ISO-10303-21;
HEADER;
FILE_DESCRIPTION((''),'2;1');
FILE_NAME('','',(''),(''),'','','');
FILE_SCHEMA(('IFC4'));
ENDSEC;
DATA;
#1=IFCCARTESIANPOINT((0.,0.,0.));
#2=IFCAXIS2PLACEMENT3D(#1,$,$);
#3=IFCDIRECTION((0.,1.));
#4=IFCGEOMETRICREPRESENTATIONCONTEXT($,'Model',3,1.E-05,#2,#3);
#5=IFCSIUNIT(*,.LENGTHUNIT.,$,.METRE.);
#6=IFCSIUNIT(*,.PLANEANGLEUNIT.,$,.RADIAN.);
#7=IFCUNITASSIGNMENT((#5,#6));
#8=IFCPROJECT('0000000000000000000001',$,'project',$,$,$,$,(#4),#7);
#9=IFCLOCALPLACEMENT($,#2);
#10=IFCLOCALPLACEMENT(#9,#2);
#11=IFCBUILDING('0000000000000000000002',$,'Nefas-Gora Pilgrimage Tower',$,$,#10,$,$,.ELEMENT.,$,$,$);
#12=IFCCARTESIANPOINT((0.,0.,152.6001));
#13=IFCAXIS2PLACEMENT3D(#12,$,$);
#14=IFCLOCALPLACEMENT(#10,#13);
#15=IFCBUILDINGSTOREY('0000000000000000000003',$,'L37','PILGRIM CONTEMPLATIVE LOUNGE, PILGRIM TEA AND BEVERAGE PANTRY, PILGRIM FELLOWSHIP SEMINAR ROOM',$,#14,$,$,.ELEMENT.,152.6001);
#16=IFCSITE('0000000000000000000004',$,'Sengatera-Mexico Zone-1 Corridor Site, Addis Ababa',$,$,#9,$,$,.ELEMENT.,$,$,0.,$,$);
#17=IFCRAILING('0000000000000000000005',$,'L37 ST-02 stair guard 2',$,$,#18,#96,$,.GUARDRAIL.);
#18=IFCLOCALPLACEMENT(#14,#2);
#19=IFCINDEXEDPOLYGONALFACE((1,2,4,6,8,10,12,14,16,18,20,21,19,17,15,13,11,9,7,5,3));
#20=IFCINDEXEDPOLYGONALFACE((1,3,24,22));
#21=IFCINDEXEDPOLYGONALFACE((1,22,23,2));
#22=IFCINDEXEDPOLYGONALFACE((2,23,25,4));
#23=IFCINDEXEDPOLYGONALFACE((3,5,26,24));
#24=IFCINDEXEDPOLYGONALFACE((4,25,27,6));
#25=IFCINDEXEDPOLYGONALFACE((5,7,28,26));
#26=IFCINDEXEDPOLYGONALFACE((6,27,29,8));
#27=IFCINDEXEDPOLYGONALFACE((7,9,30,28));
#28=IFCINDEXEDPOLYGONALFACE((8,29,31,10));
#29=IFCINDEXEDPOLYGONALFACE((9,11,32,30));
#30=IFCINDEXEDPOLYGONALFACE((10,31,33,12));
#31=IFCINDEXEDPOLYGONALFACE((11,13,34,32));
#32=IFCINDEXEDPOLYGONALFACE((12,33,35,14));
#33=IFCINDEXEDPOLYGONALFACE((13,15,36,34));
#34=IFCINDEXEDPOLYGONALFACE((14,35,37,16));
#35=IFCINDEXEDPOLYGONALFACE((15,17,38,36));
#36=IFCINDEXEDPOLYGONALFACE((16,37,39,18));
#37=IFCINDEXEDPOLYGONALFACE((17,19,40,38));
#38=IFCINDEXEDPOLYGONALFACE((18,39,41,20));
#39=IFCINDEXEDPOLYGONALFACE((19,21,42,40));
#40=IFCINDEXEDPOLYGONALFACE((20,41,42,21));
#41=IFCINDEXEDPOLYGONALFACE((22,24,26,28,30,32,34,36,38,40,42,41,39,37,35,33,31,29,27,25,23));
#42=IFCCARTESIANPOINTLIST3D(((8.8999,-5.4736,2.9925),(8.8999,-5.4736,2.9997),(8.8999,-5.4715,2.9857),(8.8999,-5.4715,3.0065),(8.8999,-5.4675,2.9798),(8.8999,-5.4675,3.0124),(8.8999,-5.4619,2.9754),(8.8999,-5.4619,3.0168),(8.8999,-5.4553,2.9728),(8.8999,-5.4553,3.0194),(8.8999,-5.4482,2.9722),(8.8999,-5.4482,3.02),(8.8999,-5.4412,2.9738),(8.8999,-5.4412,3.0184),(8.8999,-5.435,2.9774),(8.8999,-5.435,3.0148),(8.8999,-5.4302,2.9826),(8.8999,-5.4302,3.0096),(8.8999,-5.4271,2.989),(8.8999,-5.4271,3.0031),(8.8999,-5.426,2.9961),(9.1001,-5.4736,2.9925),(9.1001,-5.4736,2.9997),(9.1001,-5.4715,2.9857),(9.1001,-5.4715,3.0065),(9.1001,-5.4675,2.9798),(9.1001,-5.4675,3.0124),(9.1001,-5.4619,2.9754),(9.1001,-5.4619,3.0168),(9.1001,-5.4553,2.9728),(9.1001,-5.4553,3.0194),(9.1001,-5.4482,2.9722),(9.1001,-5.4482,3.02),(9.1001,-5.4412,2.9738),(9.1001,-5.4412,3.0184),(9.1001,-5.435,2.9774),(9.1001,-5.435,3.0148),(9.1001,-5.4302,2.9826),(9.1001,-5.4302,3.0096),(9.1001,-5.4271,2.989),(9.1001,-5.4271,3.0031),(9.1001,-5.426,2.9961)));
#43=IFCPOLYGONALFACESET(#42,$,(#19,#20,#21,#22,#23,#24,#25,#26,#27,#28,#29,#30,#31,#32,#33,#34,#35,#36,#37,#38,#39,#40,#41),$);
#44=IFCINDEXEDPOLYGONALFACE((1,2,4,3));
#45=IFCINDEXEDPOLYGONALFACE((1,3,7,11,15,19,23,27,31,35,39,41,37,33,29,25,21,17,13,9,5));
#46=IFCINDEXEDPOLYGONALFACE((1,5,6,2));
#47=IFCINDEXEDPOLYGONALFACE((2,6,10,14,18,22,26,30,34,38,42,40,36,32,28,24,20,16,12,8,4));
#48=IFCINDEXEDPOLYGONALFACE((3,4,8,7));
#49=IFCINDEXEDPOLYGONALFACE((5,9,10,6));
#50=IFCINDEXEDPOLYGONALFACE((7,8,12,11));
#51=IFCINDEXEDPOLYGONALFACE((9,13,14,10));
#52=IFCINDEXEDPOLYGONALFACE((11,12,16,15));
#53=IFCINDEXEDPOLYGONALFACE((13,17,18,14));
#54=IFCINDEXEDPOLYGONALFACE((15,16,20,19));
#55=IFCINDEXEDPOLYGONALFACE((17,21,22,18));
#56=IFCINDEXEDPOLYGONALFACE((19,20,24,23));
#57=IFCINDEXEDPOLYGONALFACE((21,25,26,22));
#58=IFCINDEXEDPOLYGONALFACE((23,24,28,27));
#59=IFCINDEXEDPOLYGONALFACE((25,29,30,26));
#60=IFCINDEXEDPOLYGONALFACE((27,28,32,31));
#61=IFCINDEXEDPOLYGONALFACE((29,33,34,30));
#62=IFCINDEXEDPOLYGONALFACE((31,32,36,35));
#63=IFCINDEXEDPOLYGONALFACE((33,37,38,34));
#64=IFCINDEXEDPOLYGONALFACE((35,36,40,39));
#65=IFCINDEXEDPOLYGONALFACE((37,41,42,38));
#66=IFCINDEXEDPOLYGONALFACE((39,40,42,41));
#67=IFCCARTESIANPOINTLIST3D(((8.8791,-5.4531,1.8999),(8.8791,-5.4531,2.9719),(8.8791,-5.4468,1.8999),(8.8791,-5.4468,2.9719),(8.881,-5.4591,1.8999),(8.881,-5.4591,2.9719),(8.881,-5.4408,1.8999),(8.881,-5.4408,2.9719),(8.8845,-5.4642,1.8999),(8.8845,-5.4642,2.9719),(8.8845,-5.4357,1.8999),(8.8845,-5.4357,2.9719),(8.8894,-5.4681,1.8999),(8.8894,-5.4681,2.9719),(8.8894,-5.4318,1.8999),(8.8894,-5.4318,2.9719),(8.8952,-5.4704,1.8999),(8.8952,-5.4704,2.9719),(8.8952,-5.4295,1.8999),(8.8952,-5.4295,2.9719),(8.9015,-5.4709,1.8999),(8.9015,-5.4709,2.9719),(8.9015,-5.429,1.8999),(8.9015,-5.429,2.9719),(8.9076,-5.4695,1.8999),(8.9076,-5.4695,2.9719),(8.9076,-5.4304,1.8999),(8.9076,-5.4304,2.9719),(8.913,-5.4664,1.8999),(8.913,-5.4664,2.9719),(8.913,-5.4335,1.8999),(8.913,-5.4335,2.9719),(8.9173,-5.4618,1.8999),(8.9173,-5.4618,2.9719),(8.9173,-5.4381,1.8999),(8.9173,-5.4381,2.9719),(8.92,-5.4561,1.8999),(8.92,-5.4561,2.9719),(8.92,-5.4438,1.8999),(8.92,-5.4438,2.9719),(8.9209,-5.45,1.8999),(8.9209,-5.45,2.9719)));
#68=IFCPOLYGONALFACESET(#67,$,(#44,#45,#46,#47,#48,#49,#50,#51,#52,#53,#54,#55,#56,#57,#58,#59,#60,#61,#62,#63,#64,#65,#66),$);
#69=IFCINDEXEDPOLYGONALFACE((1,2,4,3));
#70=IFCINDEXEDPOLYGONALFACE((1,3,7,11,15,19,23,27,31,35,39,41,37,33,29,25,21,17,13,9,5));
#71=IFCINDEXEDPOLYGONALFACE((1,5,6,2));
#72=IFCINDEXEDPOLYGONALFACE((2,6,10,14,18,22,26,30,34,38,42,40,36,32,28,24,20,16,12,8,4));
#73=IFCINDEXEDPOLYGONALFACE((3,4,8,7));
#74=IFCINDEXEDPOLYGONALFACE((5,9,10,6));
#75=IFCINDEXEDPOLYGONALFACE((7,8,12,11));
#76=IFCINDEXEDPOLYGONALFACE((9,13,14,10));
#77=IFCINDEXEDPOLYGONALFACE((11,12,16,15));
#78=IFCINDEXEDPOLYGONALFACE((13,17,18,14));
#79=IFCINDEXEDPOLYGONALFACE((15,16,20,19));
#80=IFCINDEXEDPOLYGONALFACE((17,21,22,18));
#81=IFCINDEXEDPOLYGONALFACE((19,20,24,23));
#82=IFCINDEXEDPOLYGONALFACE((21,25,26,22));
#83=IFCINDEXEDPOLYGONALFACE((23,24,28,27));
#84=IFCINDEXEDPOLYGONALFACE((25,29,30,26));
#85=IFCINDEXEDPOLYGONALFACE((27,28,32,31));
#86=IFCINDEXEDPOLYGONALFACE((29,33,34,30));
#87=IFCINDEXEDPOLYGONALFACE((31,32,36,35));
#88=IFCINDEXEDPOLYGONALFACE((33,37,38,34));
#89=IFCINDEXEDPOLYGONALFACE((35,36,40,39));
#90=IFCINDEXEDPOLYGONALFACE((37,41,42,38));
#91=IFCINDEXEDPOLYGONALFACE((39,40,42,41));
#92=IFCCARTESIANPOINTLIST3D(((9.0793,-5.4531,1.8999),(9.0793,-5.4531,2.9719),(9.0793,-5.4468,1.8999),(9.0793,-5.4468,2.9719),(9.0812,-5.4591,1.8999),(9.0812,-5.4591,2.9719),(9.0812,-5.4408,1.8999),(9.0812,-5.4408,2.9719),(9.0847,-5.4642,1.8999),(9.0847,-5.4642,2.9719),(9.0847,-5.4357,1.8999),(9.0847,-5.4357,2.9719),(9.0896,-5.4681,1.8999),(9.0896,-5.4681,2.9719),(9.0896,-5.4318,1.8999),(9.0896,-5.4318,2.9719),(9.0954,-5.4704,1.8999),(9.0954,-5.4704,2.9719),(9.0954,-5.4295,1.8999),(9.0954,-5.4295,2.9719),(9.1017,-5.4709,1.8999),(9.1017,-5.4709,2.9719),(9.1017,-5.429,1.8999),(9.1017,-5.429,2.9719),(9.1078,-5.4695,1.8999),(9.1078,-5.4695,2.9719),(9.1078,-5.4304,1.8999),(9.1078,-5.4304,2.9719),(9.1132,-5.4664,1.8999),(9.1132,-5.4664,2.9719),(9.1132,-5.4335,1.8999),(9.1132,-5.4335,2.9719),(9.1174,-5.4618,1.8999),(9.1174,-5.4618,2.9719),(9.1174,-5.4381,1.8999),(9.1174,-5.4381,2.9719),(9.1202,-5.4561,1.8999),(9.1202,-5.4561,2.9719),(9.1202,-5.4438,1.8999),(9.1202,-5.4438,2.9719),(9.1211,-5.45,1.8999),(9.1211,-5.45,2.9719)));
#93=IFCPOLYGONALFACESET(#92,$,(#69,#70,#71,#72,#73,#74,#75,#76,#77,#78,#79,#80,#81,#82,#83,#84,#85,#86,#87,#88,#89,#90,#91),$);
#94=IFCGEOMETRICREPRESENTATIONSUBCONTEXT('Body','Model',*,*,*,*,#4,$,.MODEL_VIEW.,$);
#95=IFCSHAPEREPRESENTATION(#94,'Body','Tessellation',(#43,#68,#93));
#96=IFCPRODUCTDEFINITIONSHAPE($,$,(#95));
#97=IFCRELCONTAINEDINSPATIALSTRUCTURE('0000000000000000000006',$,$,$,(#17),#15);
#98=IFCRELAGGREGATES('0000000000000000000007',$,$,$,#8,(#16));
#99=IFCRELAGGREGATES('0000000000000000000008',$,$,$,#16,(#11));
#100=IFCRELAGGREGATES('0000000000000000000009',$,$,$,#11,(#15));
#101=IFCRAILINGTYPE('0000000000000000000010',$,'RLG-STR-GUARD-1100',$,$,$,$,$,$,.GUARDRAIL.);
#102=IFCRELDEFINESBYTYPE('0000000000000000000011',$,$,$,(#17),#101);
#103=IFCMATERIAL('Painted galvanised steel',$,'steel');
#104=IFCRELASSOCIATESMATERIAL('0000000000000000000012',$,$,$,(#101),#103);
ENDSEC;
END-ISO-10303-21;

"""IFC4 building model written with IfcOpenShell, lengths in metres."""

from ifc_helpers import new_model, si_unit, direction, frame, origin, origin_2d, place, context, subcontext, project, spatial, circle, extrude, material, type_object, element, save


model = new_model("IFC4")

# Units and contexts
model_context = context("Model", 3, precision=1e-05, world=origin(), true_north=direction((0.0, 1.0)))
body_context = subcontext(model_context, "Body", "Model", "MODEL_VIEW")
ifc_project = project(units=[si_unit("LENGTHUNIT", "METRE"), si_unit("PLANEANGLEUNIT", "RADIAN")], contexts=[model_context])

# Site, building, storey
site_placement = place(None, origin())
site = spatial("IfcSite", under=ifc_project, at=site_placement, Name="Sengatera-Mexico Zone-1 Corridor Site, Addis Ababa", CompositionType="ELEMENT", RefElevation=0.0)
building_placement = place(site_placement, origin())
building = spatial("IfcBuilding", under=site, at=building_placement, Name="Nefas-Gora Pilgrimage Tower", CompositionType="ELEMENT")
storey_placement = place(building_placement, frame((0.0, 0.0, 152.6001)))
storey = spatial("IfcBuildingStorey", under=building, at=storey_placement, Name="L37", Description="PILGRIM CONTEMPLATIVE LOUNGE, PILGRIM TEA AND BEVERAGE PANTRY, PILGRIM FELLOWSHIP SEMINAR ROOM", CompositionType="ELEMENT", Elevation=152.6001)

# Railing
ifc_material_1 = material(Name="Painted galvanised steel", Category="steel")
railing_type_1 = type_object("IfcRailingType", Name="RLG-STR-GUARD-1100", PredefinedType="GUARDRAIL", material=ifc_material_1)
railing_1_placement = place(storey_placement, frame((8.8999, -5.45, 1.8999)))
element("IfcRailing", 1, at=railing_1_placement, inside=storey, type_object=railing_type_1, Name="L37 ST-02 stair guard 2", PredefinedType="GUARDRAIL", context=body_context, shape_type="SweptSolid", body=[
    extrude(circle(Radius=0.0239, at=origin_2d()), frame((0.0, 0.0, 1.0962), z_axis=(1.0, 0.0, 0.0), x_axis=(0.0, 1.0, 0.0)), (0.0, 0.0, 1.0), 0.2002),
    extrude(circle(Radius=0.021, at=origin_2d()), origin(), (0.0, 0.0, 1.0), 1.072),
    extrude(circle(Radius=0.021, at=origin_2d()), frame((0.2002, 0.0, 0.0)), (0.0, 0.0, 1.0), 1.072),
])

save(model, "model.ifc")
